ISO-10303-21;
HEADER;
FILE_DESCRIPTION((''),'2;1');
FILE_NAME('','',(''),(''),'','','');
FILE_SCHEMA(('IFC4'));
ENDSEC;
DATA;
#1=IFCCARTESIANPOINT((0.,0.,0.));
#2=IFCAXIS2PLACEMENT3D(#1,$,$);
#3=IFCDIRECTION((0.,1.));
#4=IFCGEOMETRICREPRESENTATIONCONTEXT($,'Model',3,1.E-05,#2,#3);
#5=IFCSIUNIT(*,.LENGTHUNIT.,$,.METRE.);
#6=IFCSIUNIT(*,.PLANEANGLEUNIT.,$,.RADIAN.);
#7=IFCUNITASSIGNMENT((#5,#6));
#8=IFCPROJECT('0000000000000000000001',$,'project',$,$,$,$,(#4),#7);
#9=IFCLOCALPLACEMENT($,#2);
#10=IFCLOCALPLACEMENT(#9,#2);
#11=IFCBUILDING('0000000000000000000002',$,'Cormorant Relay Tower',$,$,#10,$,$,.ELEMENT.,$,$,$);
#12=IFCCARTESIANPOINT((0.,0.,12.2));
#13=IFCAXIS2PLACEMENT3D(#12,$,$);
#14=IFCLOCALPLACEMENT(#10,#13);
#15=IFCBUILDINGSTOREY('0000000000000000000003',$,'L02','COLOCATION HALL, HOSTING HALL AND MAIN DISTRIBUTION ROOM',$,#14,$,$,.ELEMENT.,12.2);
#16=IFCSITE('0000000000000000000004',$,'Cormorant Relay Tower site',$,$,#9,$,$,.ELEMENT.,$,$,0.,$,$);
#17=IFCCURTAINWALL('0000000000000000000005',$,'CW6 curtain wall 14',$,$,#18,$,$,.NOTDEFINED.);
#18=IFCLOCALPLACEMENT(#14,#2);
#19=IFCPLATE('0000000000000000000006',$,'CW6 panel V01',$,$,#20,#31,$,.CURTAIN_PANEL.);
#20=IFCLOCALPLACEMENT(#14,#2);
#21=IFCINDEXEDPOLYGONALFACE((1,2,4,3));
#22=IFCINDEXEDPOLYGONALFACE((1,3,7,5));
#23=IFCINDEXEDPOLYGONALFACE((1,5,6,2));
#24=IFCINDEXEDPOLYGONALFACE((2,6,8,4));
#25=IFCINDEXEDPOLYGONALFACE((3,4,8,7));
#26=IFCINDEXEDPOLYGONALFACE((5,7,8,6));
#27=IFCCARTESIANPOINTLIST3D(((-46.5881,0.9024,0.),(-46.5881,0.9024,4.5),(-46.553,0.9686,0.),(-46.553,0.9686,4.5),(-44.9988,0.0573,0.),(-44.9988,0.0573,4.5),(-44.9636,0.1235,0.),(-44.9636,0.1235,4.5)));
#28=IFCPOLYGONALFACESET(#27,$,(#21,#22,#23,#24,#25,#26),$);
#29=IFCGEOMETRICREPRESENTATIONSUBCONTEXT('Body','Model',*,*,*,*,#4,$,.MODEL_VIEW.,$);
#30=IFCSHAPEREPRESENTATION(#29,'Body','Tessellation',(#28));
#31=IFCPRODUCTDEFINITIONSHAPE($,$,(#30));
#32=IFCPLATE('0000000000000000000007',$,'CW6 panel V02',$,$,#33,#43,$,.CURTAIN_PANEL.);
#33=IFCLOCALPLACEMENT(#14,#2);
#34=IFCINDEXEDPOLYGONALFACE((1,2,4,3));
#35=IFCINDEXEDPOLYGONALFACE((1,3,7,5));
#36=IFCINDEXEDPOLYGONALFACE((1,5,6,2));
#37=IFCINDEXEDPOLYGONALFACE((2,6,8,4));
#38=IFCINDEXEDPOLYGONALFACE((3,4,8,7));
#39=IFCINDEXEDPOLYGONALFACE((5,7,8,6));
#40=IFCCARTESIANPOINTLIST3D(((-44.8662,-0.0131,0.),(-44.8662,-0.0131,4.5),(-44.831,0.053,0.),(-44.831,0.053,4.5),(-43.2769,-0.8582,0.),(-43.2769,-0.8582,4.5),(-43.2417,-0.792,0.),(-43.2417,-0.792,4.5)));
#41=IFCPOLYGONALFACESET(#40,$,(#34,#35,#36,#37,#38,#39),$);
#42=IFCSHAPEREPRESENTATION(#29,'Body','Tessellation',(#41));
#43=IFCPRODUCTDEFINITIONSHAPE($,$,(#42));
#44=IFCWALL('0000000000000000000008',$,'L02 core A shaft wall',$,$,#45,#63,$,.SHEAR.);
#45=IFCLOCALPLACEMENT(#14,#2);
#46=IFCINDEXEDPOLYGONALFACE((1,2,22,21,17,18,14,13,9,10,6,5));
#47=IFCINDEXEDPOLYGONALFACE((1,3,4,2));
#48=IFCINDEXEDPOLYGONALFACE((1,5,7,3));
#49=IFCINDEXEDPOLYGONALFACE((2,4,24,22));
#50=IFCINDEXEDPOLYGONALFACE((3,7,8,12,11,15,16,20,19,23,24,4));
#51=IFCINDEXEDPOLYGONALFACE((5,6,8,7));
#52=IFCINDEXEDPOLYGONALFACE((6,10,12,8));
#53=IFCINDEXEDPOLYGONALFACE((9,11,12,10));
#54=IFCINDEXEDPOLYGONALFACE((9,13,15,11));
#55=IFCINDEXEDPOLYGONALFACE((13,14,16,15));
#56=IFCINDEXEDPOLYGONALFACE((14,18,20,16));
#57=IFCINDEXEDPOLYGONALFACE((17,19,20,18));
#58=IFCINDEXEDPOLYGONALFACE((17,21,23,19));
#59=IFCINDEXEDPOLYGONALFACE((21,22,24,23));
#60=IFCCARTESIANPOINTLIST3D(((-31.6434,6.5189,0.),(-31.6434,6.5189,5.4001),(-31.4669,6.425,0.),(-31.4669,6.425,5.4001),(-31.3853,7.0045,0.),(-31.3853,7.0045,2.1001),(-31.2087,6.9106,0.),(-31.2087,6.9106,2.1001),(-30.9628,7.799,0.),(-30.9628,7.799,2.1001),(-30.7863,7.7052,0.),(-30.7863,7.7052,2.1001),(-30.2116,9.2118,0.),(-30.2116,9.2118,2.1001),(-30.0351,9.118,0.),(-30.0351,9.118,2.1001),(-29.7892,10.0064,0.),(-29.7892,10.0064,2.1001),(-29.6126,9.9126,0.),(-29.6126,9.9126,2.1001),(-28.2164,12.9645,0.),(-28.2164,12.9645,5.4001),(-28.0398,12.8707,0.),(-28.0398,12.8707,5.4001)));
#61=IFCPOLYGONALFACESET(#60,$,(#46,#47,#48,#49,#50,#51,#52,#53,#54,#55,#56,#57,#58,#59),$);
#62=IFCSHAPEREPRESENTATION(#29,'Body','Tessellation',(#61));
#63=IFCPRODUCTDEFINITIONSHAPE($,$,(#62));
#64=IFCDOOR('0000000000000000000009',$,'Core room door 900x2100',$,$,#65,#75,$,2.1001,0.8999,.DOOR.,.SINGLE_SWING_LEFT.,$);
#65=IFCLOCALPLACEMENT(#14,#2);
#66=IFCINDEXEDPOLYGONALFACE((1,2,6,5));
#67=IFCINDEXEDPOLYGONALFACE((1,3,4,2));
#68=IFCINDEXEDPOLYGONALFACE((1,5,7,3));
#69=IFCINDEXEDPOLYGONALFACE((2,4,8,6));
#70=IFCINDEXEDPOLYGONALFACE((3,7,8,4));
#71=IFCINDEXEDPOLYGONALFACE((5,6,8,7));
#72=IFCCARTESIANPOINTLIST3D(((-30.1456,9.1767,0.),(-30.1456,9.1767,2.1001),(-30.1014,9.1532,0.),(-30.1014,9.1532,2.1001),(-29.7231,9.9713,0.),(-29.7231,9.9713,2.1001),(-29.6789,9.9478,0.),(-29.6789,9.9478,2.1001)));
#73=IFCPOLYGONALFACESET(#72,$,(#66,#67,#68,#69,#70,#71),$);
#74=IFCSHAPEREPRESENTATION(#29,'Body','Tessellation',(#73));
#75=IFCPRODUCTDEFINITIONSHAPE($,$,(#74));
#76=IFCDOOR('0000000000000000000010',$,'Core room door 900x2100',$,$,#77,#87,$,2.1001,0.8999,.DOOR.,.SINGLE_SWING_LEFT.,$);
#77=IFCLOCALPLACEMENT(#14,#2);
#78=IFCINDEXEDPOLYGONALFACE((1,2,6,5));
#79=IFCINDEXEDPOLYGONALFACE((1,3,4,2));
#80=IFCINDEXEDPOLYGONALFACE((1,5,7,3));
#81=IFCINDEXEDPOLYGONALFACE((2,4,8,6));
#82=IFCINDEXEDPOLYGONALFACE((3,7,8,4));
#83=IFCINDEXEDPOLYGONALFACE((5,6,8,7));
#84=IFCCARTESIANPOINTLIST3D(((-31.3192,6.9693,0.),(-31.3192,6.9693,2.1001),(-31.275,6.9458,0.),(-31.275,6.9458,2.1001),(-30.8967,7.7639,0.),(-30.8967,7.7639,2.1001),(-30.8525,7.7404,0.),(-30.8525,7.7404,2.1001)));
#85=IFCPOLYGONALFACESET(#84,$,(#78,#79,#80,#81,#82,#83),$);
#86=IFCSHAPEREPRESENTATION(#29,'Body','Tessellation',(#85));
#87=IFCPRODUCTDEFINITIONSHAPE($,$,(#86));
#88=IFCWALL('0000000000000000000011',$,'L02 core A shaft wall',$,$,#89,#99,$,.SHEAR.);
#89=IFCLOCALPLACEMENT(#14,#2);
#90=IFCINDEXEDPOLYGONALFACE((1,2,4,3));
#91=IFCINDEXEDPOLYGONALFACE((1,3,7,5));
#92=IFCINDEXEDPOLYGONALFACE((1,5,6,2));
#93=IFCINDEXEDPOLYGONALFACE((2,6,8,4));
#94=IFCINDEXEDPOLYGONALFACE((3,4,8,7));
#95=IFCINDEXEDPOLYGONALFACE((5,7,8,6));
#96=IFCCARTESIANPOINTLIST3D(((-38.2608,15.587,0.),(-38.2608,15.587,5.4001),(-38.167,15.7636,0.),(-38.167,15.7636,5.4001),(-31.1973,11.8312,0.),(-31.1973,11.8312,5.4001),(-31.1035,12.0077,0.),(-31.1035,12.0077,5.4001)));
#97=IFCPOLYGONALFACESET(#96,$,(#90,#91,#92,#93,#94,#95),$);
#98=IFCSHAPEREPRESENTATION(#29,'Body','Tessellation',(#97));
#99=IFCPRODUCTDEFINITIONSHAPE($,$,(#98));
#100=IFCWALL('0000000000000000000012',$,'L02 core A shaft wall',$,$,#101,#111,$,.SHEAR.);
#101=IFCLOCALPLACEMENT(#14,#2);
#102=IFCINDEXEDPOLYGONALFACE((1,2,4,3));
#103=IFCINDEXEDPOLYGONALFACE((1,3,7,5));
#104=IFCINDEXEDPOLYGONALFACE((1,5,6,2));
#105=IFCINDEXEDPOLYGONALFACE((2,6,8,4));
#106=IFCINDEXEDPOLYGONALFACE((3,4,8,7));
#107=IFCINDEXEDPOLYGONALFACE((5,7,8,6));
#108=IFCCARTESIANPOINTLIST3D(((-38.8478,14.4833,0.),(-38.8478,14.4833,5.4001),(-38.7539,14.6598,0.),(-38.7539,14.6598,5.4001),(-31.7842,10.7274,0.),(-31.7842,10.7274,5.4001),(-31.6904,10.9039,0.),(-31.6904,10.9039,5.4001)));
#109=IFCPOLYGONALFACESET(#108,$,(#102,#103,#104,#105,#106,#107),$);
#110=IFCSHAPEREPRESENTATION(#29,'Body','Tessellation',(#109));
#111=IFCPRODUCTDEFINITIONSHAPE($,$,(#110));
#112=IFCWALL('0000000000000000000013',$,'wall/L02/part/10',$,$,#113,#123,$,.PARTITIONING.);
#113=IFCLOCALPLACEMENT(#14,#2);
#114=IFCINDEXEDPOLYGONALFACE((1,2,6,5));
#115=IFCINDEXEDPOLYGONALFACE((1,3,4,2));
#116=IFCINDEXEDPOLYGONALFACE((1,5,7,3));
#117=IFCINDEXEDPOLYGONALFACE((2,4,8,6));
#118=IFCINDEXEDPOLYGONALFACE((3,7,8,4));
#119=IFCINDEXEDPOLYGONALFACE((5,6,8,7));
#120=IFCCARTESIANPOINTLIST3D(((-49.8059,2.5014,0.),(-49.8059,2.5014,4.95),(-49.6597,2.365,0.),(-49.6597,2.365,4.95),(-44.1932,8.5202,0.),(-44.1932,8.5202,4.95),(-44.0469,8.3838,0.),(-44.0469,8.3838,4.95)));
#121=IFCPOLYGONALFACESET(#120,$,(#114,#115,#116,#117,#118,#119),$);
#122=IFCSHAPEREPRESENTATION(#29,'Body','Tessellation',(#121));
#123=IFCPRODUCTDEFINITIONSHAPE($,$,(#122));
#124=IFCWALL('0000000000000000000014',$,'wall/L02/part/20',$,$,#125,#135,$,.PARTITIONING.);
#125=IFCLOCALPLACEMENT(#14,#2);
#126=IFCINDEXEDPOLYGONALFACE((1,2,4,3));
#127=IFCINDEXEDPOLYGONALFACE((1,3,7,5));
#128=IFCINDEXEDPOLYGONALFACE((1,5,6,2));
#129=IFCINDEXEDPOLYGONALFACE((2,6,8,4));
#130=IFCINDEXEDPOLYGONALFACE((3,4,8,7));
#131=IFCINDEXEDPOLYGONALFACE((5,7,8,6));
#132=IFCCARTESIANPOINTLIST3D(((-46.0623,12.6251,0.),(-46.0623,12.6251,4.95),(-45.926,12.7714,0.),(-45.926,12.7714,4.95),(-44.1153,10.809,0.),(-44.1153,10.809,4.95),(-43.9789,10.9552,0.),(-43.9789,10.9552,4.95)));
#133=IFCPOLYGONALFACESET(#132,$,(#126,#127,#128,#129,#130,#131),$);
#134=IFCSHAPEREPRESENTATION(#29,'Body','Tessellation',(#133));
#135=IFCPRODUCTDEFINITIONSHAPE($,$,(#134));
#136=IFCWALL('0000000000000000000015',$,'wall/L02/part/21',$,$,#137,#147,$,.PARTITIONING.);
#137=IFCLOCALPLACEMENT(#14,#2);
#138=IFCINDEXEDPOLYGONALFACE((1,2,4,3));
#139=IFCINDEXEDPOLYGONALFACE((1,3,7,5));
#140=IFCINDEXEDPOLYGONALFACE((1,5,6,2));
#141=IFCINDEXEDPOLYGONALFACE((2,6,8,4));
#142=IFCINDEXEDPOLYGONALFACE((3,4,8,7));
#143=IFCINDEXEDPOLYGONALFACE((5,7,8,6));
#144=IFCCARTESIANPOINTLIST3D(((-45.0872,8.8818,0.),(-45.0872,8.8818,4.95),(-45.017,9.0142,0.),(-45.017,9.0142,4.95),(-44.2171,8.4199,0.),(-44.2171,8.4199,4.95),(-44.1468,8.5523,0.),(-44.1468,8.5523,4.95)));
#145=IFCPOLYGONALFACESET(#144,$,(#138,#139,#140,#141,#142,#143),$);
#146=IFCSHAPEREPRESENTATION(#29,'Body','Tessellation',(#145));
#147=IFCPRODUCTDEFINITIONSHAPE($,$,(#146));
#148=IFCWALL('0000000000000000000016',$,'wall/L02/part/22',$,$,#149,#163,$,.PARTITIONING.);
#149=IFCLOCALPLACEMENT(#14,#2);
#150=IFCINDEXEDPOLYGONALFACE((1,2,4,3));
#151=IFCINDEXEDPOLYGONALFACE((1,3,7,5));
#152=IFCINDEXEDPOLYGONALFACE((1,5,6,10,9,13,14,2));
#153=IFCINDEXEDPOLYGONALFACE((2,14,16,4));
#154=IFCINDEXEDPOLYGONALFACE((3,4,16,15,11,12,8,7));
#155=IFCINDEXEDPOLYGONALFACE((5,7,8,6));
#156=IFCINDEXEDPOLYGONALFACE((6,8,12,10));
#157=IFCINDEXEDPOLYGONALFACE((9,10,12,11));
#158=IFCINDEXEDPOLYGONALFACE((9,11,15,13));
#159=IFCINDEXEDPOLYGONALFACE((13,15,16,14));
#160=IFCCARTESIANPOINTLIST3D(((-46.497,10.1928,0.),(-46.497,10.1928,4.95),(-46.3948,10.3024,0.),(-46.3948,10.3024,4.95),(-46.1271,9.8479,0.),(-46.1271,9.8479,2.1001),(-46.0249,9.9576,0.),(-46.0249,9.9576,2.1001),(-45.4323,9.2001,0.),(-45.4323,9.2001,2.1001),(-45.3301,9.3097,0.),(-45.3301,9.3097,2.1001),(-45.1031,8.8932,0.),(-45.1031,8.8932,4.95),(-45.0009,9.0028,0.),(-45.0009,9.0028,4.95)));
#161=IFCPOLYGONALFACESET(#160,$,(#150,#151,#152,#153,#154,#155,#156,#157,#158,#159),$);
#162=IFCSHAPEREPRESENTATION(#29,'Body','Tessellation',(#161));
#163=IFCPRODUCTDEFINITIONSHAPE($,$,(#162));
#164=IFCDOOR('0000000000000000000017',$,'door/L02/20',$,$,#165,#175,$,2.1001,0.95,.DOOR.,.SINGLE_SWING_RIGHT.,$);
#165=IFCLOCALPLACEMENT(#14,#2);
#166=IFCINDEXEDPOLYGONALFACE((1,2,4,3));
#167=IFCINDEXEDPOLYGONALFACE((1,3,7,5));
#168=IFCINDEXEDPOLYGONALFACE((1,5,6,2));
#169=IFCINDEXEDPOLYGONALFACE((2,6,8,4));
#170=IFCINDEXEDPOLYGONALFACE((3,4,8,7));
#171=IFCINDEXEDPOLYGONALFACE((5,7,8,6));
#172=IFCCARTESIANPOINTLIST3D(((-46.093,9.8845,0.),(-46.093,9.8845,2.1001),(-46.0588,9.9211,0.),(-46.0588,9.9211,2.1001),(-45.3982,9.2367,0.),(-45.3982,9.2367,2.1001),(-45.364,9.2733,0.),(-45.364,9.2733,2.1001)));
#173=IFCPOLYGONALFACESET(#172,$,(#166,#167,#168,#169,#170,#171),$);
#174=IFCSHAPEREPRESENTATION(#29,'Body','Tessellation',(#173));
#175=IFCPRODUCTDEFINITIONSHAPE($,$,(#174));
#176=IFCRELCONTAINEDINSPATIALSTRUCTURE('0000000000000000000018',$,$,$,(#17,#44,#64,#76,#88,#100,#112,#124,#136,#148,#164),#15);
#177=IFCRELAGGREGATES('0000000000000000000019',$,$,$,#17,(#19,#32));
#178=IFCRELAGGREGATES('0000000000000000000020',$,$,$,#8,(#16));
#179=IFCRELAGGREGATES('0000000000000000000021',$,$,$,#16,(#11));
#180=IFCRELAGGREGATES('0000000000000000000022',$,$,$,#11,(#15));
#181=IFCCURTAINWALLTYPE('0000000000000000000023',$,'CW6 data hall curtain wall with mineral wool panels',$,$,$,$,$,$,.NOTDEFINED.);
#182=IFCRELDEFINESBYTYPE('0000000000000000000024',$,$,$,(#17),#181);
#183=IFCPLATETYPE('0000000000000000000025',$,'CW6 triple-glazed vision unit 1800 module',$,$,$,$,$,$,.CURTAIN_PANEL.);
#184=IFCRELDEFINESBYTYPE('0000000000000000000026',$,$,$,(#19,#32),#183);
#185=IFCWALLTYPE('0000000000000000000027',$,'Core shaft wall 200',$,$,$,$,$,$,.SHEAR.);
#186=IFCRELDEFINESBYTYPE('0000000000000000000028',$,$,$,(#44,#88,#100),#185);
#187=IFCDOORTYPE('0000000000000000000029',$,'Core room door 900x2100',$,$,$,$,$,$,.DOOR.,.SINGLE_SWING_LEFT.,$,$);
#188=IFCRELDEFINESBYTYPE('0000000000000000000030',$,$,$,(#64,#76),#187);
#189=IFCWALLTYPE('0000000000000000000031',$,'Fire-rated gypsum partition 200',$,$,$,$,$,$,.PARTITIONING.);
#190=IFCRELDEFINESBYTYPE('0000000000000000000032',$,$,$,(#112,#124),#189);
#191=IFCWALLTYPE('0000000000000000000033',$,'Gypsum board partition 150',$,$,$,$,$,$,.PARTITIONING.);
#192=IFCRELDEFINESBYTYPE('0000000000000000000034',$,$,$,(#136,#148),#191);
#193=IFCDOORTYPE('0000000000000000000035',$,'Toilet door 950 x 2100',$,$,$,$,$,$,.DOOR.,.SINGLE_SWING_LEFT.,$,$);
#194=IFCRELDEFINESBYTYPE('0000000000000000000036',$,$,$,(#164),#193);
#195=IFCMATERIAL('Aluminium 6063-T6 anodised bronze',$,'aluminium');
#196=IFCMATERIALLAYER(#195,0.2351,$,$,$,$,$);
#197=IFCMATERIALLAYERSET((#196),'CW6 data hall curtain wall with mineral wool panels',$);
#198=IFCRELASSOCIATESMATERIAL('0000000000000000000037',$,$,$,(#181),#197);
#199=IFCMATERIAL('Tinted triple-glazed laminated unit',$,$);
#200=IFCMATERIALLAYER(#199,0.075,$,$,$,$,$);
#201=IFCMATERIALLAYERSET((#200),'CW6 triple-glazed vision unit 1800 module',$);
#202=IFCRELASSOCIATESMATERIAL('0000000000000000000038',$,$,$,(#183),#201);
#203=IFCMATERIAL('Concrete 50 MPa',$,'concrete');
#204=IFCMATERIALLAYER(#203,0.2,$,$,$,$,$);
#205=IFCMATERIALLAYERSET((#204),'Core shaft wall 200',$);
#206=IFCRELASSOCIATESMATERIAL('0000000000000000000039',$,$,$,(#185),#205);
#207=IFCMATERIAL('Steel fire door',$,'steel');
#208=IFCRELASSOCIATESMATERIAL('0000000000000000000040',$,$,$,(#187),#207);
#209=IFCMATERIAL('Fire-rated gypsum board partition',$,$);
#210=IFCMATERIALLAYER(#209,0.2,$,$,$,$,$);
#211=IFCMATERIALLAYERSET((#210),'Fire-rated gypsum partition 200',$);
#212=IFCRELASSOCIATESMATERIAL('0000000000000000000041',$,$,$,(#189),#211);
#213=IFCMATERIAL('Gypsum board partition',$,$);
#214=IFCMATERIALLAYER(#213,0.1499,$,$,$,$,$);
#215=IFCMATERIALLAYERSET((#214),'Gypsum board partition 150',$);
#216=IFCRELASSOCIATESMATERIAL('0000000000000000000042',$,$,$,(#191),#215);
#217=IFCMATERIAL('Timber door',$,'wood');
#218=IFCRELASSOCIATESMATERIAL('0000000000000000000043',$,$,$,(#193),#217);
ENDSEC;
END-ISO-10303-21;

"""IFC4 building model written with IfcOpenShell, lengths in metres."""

from ifc_helpers import new_model, si_unit, direction, frame, frame_2d, origin, origin_2d, place, context, subcontext, project, spatial, rectangle, extrude, material, layer, layer_set, type_object, element, fill, aggregate, save


model = new_model("IFC4")

# Units and contexts
model_context = context("Model", 3, precision=1e-05, world=origin(), true_north=direction((0.0, 1.0)))
body_context = subcontext(model_context, "Body", "Model", "MODEL_VIEW")
ifc_project = project(units=[si_unit("LENGTHUNIT", "METRE"), si_unit("PLANEANGLEUNIT", "RADIAN")], contexts=[model_context])

# Site, building, storey
site_placement = place(None, origin())
site = spatial("IfcSite", under=ifc_project, at=site_placement, Name="Cormorant Relay Tower site", CompositionType="ELEMENT", RefElevation=0.0)
building_placement = place(site_placement, origin())
building = spatial("IfcBuilding", under=site, at=building_placement, Name="Cormorant Relay Tower", CompositionType="ELEMENT")
storey_placement = place(building_placement, frame((0.0, 0.0, 12.2)))
storey = spatial("IfcBuildingStorey", under=building, at=storey_placement, Name="L02", Description="COLOCATION HALL, HOSTING HALL AND MAIN DISTRIBUTION ROOM", CompositionType="ELEMENT", Elevation=12.2)

# Curtain wall, plates
ifc_material_1 = material(Name="Aluminium 6063-T6 anodised bronze", Category="aluminium")
ifc_layer_1 = layer(ifc_material_1, 0.2351)
ifc_layer_set_1 = layer_set([ifc_layer_1], Name="CW6 data hall curtain wall with mineral wool panels")
curtain_wall_type = type_object("IfcCurtainWallType", Name="CW6 data hall curtain wall with mineral wool panels", PredefinedType="NOTDEFINED", material=ifc_layer_set_1)
curtain_wall_placement = place(storey_placement, origin())
curtain_wall = element("IfcCurtainWall", 1, at=curtain_wall_placement, inside=storey, type_object=curtain_wall_type, Name="CW6 curtain wall 14", PredefinedType="NOTDEFINED")
ifc_material_2 = material(Name="Tinted triple-glazed laminated unit")
ifc_layer_2 = layer(ifc_material_2, 0.075)
ifc_layer_set_2 = layer_set([ifc_layer_2], Name="CW6 triple-glazed vision unit 1800 module")
plate_type = type_object("IfcPlateType", Name="CW6 triple-glazed vision unit 1800 module", PredefinedType="CURTAIN_PANEL", material=ifc_layer_set_2)
plate_1_placement = place(storey_placement, frame((-45.7759, 0.5129, 0.0), z_axis=(0.0, 0.0, 1.0), x_axis=(0.882948, -0.469472, 0.0)))
plate_1 = element("IfcPlate", 2, at=plate_1_placement, type_object=plate_type, Name="CW6 panel V01", PredefinedType="CURTAIN_PANEL", context=body_context, shape_type="SweptSolid", body=[
    extrude(rectangle(XDim=1.8, YDim=0.075, at=origin_2d()), origin(), (0.0, 0.0, 1.0), 4.5),
])
plate_2_placement = place(storey_placement, frame((-44.054, -0.4026, 0.0), z_axis=(0.0, 0.0, 1.0), x_axis=(0.882948, -0.469472, 0.0)))
plate_2 = element("IfcPlate", 3, at=plate_2_placement, type_object=plate_type, Name="CW6 panel V02", PredefinedType="CURTAIN_PANEL", context=body_context, shape_type="SweptSolid", body=[
    extrude(rectangle(XDim=1.8, YDim=0.075, at=origin_2d()), origin(), (0.0, 0.0, 1.0), 4.5),
])

# Wall, openings, doors
ifc_material_3 = material(Name="Concrete 50 MPa", Category="concrete")
ifc_layer_3 = layer(ifc_material_3, 0.2)
ifc_layer_set_3 = layer_set([ifc_layer_3], Name="Core shaft wall 200")
wall_type_1 = type_object("IfcWallType", Name="Core shaft wall 200", PredefinedType="SHEAR", material=ifc_layer_set_3)
wall_1_placement = place(storey_placement, frame((-28.1282, 12.9175, 0.0), z_axis=(0.0, 0.0, 1.0), x_axis=(-0.469454, -0.882957, 0.0)))
wall_1 = element("IfcWall", 4, at=wall_1_placement, inside=storey, type_object=wall_type_1, Name="L02 core A shaft wall", PredefinedType="SHEAR", context=body_context, shape_type="SweptSolid", body=[
    extrude(rectangle(XDim=7.3, YDim=0.2, at=frame_2d((3.6499, 0.0))), origin(), (0.0, 0.0, 1.0), 5.4001),
])
opening_1_placement = place(wall_1_placement, frame((3.3501, 0.0, 0.0)))
opening_1 = element("IfcOpeningElement", 5, at=opening_1_placement, cuts=wall_1, PredefinedType="OPENING", context=body_context, shape_type="SweptSolid", body=[
    extrude(rectangle(XDim=0.8999, YDim=2.1001, at=frame_2d((0.45, 1.05))), frame((0.0, 0.1099, 0.0), z_axis=(0.0, -1.0, 0.0), x_axis=(1.0, 0.0, 0.0)), (0.0, 0.0, 1.0), 0.22),
])
opening_2_placement = place(wall_1_placement, frame((5.8501, 0.0, 0.0)))
opening_2 = element("IfcOpeningElement", 6, at=opening_2_placement, cuts=wall_1, PredefinedType="OPENING", context=body_context, shape_type="SweptSolid", body=[
    extrude(rectangle(XDim=0.8999, YDim=2.1001, at=frame_2d((0.45, 1.05))), frame((0.0, 0.1099, 0.0), z_axis=(0.0, -1.0, 0.0), x_axis=(1.0, 0.0, 0.0)), (0.0, 0.0, 1.0), 0.22),
])
ifc_material_4 = material(Name="Steel fire door", Category="steel")
door_type_1 = type_object("IfcDoorType", Name="Core room door 900x2100", OperationType="SINGLE_SWING_LEFT", PredefinedType="DOOR", material=ifc_material_4)
door_1_placement = place(opening_1_placement, origin())
door_1 = element("IfcDoor", 7, at=door_1_placement, inside=storey, type_object=door_type_1, Name="Core room door 900x2100", OperationType="SINGLE_SWING_LEFT", OverallHeight=2.1001, OverallWidth=0.8999, PredefinedType="DOOR", context=body_context, shape_type="SweptSolid", body=[
    extrude(rectangle(XDim=0.8999, YDim=2.1001, at=frame_2d((0.45, 1.05))), frame((0.0, 0.0249, 0.0), z_axis=(0.0, -1.0, 0.0), x_axis=(1.0, 0.0, 0.0)), (0.0, 0.0, 1.0), 0.05),
])
fill(opening_1, door_1)
door_2_placement = place(opening_2_placement, origin())
door_2 = element("IfcDoor", 8, at=door_2_placement, inside=storey, type_object=door_type_1, Name="Core room door 900x2100", OperationType="SINGLE_SWING_LEFT", OverallHeight=2.1001, OverallWidth=0.8999, PredefinedType="DOOR", context=body_context, shape_type="SweptSolid", body=[
    extrude(rectangle(XDim=0.8999, YDim=2.1001, at=frame_2d((0.45, 1.05))), frame((0.0, 0.0249, 0.0), z_axis=(0.0, -1.0, 0.0), x_axis=(1.0, 0.0, 0.0)), (0.0, 0.0, 1.0), 0.05),
])
fill(opening_2, door_2)

# Walls
for number, where, z_axis, x_axis, name in (
    (9, (-31.1504, 11.9194, 0.0), (0.0, 0.0, 1.0), (-0.88294, 0.469485, 0.0), "L02 core A shaft wall"),
    (10, (-31.7373, 10.8157, 0.0), (0.0, 0.0, 1.0), (-0.88294, 0.469485, 0.0), "L02 core A shaft wall"),
):
    element("IfcWall", number, at=place(storey_placement, frame(where, z_axis=z_axis, x_axis=x_axis)), inside=storey, type_object=wall_type_1, Name=name, PredefinedType="SHEAR", context=body_context, shape_type="SweptSolid", body=[
        extrude(rectangle(XDim=8.0, YDim=0.2, at=frame_2d((4.0, 0.0))), origin(), (0.0, 0.0, 1.0), 5.4001),
    ])
ifc_material_5 = material(Name="Fire-rated gypsum board partition")
ifc_layer_4 = layer(ifc_material_5, 0.2)
ifc_layer_set_4 = layer_set([ifc_layer_4], Name="Fire-rated gypsum partition 200")
wall_type_2 = type_object("IfcWallType", Name="Fire-rated gypsum partition 200", PredefinedType="PARTITIONING", material=ifc_layer_set_4)
wall_2_placement = place(storey_placement, frame((-44.1201, 8.4519, 0.0), z_axis=(0.0, 0.0, 1.0), x_axis=(-0.68201, -0.731343, 0.0)))
element("IfcWall", 11, at=wall_2_placement, inside=storey, type_object=wall_type_2, Name="wall/L02/part/10", PredefinedType="PARTITIONING", context=body_context, shape_type="SweptSolid", body=[
    extrude(rectangle(XDim=8.2297, YDim=0.2, at=frame_2d((4.1147, 0.0))), origin(), (0.0, 0.0, 1.0), 4.95),
])
wall_3_placement = place(storey_placement, frame((-44.0471, 10.8821, 0.0), z_axis=(0.0, 0.0, 1.0), x_axis=(-0.731253, 0.682106, 0.0)))
element("IfcWall", 12, at=wall_3_placement, inside=storey, type_object=wall_type_2, Name="wall/L02/part/20", PredefinedType="PARTITIONING", context=body_context, shape_type="SweptSolid", body=[
    extrude(rectangle(XDim=2.6626, YDim=0.2, at=frame_2d((1.3313, 0.0))), origin(), (0.0, 0.0, 1.0), 4.95),
])
ifc_material_6 = material(Name="Gypsum board partition")
ifc_layer_5 = layer(ifc_material_6, 0.1499)
ifc_layer_set_5 = layer_set([ifc_layer_5], Name="Gypsum board partition 150")
wall_type_3 = type_object("IfcWallType", Name="Gypsum board partition 150", PredefinedType="PARTITIONING", material=ifc_layer_set_5)
wall_4_placement = place(storey_placement, frame((-44.1819, 8.4861, 0.0), z_axis=(0.0, 0.0, 1.0), x_axis=(-0.883257, 0.468889, 0.0)))
element("IfcWall", 13, at=wall_4_placement, inside=storey, type_object=wall_type_3, Name="wall/L02/part/21", PredefinedType="PARTITIONING", context=body_context, shape_type="SweptSolid", body=[
    extrude(rectangle(XDim=0.9851, YDim=0.1499, at=frame_2d((0.4927, 0.0))), origin(), (0.0, 0.0, 1.0), 4.95),
])

# Wall, opening, door
wall_5_placement = place(storey_placement, frame((-45.052, 8.948, 0.0), z_axis=(0.0, 0.0, 1.0), x_axis=(-0.7314, 0.681948, 0.0)))
wall_5 = element("IfcWall", 14, at=wall_5_placement, inside=storey, type_object=wall_type_3, Name="wall/L02/part/22", PredefinedType="PARTITIONING", context=body_context, shape_type="SweptSolid", body=[
    extrude(rectangle(XDim=1.9058, YDim=0.1499, at=frame_2d((0.9529, 0.0))), origin(), (0.0, 0.0, 1.0), 4.95),
])
opening_3_placement = place(wall_5_placement, frame((0.45, 0.0, 0.0)))
opening_3 = element("IfcOpeningElement", 15, at=opening_3_placement, cuts=wall_5, PredefinedType="OPENING", context=body_context, shape_type="SweptSolid", body=[
    extrude(rectangle(XDim=0.95, YDim=2.1001, at=frame_2d((0.4751, 1.05))), frame((0.0, 0.085, 0.0), z_axis=(0.0, -1.0, 0.0), x_axis=(1.0, 0.0, 0.0)), (0.0, 0.0, 1.0), 0.1699),
])
ifc_material_7 = material(Name="Timber door", Category="wood")
door_type_2 = type_object("IfcDoorType", Name="Toilet door 950 x 2100", OperationType="SINGLE_SWING_LEFT", PredefinedType="DOOR", material=ifc_material_7)
door_3_placement = place(opening_3_placement, origin())
door_3 = element("IfcDoor", 16, at=door_3_placement, inside=storey, type_object=door_type_2, Name="door/L02/20", OperationType="SINGLE_SWING_RIGHT", OverallHeight=2.1001, OverallWidth=0.95, PredefinedType="DOOR", context=body_context, shape_type="SweptSolid", body=[
    extrude(rectangle(XDim=0.95, YDim=2.1001, at=frame_2d((0.4751, 1.05))), frame((0.0, 0.0249, 0.0), z_axis=(0.0, -1.0, 0.0), x_axis=(1.0, 0.0, 0.0)), (0.0, 0.0, 1.0), 0.05),
])
fill(opening_3, door_3)

aggregate(curtain_wall, [plate_1, plate_2])

save(model, "model.ifc")
